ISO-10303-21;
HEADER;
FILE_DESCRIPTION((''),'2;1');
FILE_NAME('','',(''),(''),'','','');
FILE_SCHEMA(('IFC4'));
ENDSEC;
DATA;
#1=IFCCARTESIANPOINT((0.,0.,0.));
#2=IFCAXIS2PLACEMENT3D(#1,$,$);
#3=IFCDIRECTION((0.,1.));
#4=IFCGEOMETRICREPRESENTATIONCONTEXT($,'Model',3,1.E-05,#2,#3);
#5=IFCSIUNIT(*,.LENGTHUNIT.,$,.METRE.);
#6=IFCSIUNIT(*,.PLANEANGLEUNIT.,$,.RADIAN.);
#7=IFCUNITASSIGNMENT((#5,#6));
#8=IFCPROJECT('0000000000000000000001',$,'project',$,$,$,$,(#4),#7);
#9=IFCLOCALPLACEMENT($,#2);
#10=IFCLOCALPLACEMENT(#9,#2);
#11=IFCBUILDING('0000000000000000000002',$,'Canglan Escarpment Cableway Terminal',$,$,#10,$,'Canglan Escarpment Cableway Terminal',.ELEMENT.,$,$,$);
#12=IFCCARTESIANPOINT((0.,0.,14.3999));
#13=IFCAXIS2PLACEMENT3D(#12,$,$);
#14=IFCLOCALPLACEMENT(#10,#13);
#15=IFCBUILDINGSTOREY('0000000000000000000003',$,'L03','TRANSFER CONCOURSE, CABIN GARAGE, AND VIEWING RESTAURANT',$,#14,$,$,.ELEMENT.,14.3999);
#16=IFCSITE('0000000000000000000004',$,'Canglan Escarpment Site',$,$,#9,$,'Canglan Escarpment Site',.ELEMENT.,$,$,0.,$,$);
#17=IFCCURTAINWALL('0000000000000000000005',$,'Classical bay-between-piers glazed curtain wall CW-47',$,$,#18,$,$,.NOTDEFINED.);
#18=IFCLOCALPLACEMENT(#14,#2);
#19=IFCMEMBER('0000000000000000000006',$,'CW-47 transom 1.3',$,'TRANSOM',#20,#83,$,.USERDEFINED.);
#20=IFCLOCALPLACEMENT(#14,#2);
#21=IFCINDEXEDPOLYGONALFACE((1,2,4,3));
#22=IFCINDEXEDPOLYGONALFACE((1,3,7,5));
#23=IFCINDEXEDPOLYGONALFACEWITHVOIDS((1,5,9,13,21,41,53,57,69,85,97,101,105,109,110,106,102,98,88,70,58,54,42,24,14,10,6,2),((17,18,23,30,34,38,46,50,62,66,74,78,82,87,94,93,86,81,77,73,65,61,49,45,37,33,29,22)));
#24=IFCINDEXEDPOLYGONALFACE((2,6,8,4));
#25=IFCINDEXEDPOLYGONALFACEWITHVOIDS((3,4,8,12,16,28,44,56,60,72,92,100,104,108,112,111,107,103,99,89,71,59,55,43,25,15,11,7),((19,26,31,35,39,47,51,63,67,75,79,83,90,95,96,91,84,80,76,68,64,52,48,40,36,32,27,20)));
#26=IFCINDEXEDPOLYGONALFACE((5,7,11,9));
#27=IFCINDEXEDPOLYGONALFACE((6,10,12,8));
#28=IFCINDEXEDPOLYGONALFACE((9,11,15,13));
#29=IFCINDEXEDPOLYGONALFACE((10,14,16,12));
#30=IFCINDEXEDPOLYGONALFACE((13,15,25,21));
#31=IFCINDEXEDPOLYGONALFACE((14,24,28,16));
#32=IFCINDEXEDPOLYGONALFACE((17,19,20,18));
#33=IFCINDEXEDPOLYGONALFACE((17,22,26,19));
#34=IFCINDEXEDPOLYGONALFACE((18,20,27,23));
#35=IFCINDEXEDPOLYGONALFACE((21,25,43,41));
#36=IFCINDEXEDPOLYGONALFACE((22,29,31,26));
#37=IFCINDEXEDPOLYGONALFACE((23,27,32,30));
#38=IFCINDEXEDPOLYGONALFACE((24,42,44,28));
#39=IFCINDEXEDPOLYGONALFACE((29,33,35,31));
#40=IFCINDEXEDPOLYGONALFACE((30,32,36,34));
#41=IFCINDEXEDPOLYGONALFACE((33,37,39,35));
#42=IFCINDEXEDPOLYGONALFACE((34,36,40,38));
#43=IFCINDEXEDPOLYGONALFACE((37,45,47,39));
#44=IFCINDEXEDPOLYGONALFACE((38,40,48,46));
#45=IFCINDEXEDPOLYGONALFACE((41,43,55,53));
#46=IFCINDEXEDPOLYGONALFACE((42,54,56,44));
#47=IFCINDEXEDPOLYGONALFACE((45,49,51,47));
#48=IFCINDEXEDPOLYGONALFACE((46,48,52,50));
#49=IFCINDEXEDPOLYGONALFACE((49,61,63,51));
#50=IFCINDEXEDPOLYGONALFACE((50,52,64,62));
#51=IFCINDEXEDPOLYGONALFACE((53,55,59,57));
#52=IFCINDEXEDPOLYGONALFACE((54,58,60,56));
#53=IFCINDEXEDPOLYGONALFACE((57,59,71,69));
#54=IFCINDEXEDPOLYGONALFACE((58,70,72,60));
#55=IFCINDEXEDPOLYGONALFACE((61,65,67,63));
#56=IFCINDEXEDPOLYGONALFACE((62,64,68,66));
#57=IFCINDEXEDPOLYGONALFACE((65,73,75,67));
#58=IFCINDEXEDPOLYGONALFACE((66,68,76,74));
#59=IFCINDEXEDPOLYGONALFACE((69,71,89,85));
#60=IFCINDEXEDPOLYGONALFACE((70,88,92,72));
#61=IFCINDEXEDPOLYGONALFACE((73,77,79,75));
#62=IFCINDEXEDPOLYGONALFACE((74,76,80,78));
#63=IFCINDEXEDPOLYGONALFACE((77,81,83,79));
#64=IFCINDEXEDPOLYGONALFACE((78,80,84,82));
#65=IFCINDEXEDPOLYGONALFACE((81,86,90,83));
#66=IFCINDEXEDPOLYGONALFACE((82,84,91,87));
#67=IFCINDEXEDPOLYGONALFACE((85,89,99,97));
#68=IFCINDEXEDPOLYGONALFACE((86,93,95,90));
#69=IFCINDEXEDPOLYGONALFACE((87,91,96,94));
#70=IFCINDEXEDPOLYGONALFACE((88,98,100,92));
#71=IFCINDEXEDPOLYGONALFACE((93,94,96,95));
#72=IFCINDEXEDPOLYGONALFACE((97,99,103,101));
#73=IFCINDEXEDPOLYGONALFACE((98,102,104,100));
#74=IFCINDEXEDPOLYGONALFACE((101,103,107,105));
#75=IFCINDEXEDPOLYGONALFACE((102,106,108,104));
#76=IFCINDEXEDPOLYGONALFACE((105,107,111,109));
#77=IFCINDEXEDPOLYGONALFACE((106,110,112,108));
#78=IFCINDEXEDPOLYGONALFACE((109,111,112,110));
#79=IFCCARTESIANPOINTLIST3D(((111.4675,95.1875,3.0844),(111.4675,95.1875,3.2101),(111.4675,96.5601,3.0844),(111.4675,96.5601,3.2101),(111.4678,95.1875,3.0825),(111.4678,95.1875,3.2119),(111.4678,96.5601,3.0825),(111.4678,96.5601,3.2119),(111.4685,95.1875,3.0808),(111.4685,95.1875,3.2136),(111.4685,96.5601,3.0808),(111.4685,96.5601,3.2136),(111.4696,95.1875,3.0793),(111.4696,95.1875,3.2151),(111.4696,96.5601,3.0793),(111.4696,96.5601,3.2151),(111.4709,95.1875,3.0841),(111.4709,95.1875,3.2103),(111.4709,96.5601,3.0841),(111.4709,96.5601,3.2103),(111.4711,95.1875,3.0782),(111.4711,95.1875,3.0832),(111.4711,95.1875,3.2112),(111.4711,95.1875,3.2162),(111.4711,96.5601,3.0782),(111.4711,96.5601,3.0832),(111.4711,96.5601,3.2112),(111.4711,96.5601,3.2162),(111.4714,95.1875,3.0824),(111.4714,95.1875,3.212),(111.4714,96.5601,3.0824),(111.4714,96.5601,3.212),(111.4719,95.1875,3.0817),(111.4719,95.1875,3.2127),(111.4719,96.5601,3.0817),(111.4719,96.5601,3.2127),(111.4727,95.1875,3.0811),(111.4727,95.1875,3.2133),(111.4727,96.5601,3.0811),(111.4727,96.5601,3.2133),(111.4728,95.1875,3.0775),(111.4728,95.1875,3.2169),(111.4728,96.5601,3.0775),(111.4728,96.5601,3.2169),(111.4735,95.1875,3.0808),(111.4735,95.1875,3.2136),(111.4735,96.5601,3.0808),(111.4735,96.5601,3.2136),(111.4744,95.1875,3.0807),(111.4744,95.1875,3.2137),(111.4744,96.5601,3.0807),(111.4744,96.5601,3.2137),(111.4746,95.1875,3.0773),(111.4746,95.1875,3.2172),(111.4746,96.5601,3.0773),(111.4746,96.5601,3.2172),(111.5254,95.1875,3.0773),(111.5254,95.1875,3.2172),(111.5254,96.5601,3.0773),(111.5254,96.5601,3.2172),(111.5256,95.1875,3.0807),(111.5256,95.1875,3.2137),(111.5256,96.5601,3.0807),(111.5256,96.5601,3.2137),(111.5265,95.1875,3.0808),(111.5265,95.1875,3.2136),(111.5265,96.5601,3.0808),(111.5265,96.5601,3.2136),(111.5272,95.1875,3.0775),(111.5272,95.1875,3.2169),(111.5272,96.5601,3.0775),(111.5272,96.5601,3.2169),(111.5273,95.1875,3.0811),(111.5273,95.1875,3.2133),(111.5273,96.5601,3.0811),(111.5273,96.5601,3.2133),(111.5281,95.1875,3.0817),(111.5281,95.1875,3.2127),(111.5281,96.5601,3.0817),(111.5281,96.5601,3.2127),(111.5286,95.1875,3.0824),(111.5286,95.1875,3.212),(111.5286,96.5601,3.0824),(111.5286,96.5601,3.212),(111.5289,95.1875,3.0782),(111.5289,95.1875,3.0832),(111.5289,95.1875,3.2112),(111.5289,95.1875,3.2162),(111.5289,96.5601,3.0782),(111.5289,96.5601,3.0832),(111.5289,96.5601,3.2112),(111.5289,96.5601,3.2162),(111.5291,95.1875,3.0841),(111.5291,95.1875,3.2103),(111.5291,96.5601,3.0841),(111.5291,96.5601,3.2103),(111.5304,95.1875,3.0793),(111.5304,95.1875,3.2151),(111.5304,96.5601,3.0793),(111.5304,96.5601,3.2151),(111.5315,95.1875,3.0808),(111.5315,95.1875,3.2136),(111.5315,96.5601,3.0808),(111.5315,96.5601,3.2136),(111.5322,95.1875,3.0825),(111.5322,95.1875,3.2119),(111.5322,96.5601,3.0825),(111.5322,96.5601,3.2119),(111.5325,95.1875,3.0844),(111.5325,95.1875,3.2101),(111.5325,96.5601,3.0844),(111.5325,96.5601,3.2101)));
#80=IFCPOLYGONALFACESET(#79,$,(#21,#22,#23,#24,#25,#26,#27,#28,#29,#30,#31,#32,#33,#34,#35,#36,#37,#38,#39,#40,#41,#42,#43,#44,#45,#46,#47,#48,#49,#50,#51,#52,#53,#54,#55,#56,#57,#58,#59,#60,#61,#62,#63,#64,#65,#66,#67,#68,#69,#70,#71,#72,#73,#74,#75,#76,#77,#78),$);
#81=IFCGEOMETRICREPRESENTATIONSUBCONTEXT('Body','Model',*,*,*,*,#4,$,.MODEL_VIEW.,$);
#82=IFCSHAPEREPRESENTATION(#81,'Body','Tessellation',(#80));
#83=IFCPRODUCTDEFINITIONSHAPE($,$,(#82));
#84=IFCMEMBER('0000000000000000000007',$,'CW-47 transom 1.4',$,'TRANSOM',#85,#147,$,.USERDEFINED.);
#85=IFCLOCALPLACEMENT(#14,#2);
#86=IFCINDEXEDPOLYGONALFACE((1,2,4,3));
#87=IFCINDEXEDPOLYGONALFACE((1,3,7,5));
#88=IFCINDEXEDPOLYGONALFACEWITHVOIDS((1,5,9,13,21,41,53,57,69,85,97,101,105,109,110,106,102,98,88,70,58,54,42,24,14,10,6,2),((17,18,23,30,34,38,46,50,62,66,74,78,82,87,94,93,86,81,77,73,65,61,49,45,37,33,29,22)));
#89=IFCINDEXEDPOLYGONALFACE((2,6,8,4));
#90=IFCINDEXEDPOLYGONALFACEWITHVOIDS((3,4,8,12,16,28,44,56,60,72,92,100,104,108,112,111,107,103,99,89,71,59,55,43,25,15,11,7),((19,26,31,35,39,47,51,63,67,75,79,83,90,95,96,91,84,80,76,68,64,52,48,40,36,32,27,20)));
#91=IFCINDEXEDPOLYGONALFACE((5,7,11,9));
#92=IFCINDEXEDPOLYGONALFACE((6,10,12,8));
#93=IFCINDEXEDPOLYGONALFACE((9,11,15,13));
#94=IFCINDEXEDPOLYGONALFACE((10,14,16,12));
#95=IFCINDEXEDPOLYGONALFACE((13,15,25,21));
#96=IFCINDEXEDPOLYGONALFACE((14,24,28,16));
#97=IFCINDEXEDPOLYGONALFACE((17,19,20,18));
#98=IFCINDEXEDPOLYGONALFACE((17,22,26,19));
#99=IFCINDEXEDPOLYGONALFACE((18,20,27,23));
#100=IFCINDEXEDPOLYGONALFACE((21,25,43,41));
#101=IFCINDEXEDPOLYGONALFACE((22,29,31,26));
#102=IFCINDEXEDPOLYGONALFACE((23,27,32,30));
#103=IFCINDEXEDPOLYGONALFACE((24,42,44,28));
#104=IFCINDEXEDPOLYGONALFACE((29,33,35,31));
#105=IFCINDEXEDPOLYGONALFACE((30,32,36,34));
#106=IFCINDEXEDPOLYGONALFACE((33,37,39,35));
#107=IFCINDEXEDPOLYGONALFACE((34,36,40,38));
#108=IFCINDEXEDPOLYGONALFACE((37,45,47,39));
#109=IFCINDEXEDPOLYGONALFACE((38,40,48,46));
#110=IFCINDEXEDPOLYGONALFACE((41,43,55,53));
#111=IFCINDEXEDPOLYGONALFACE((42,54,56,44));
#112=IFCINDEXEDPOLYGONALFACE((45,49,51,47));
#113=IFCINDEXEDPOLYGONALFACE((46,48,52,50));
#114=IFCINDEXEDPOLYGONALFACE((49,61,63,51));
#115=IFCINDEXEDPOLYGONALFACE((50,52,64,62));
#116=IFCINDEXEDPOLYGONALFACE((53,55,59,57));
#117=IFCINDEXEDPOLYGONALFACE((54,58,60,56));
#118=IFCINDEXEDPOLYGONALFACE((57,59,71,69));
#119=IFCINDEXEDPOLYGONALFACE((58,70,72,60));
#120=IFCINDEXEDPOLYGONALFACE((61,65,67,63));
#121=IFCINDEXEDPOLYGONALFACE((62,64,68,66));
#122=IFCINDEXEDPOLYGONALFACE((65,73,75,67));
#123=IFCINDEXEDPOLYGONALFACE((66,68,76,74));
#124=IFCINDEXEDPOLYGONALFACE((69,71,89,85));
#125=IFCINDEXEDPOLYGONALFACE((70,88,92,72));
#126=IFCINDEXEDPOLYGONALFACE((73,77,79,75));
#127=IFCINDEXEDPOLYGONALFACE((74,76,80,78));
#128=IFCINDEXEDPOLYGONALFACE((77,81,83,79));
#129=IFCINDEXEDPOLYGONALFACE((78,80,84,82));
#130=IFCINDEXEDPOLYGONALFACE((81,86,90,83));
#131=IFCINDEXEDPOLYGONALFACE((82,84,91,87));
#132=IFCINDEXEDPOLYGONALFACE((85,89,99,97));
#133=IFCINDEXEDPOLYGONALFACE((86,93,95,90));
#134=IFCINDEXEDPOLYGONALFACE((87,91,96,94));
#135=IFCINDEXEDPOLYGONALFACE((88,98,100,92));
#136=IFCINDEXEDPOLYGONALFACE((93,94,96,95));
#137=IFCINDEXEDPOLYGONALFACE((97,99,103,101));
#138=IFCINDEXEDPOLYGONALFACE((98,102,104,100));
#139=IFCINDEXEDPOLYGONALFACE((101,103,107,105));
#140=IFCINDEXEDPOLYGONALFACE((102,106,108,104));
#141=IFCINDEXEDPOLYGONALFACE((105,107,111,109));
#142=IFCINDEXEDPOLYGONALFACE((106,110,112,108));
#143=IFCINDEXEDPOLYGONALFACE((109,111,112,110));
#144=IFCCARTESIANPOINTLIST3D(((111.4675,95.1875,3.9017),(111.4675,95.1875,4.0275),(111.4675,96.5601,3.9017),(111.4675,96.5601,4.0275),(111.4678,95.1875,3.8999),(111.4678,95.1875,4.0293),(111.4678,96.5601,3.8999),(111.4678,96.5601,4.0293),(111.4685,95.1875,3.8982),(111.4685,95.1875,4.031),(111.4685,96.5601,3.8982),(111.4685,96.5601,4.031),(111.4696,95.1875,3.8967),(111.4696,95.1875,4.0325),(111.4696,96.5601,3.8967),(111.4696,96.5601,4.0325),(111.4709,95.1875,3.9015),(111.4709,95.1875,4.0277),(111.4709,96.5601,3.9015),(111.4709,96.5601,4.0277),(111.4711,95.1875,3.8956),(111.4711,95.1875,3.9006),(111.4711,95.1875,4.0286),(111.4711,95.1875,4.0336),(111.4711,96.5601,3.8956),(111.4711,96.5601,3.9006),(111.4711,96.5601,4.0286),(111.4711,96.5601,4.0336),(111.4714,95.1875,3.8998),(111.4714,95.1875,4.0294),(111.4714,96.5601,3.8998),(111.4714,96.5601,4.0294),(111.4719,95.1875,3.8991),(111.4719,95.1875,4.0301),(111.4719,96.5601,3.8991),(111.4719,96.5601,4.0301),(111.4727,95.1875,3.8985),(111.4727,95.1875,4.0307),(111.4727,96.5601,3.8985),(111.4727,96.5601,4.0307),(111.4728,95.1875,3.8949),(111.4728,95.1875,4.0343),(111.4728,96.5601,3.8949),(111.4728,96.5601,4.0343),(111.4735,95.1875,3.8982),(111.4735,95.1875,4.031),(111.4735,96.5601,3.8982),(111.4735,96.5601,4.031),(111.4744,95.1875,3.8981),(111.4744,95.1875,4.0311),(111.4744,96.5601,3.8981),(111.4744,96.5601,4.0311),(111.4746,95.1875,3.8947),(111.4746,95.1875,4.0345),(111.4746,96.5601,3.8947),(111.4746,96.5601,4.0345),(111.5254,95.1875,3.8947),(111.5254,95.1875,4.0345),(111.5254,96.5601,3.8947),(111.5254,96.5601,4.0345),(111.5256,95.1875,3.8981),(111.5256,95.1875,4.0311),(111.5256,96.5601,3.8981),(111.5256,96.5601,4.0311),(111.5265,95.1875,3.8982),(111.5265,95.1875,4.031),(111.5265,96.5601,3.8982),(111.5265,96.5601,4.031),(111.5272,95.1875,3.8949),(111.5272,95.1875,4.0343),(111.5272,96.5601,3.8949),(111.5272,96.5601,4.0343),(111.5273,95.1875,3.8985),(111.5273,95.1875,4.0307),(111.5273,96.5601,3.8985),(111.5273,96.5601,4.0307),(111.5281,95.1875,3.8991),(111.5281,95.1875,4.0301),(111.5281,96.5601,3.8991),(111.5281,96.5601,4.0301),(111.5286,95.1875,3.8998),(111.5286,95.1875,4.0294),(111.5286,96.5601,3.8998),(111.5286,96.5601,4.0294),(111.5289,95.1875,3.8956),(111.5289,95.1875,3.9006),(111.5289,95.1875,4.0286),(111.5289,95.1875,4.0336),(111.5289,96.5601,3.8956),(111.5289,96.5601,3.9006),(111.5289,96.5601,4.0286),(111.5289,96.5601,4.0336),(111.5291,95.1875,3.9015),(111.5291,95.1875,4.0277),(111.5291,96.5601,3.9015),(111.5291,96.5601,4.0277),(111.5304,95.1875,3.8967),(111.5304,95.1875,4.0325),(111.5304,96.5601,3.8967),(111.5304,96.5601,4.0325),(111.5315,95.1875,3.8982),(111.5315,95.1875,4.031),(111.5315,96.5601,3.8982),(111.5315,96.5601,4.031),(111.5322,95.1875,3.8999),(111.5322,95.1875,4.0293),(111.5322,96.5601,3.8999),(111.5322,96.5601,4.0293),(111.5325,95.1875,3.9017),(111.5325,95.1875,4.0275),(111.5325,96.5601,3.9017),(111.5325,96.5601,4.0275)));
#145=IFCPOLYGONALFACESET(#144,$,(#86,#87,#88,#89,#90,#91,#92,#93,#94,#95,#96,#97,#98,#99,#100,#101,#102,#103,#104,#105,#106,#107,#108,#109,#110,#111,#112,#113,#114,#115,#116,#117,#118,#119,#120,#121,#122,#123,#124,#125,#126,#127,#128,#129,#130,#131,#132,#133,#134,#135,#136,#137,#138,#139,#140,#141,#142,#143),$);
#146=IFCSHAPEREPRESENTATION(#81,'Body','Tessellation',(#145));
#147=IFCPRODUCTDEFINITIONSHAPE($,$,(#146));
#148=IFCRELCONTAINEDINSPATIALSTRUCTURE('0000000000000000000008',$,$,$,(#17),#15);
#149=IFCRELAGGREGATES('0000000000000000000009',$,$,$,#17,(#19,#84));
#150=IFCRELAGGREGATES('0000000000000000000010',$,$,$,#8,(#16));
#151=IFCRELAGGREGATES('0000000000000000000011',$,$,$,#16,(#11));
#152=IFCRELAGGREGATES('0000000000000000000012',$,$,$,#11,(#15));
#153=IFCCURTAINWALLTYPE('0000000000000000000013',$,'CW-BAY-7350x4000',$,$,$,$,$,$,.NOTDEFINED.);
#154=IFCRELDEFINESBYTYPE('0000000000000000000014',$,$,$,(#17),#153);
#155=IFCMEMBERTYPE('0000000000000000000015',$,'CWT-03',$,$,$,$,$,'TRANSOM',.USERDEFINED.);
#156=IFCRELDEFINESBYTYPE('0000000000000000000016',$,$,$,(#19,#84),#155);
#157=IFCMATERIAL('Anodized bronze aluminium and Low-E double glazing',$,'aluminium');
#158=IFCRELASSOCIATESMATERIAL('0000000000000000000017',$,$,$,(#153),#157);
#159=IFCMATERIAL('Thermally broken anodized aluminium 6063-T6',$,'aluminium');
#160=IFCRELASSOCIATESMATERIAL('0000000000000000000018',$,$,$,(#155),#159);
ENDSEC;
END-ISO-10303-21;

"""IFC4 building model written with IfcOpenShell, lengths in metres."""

from ifc_helpers import new_model, si_unit, direction, frame, origin, origin_2d, place, context, subcontext, project, spatial, hollow_rectangle, extrude, material, material_profile, profile_set, type_object, element, aggregate, save


model = new_model("IFC4")

# Units and contexts
model_context = context("Model", 3, precision=1e-05, world=origin(), true_north=direction((0.0, 1.0)))
body_context = subcontext(model_context, "Body", "Model", "MODEL_VIEW")
ifc_project = project(units=[si_unit("LENGTHUNIT", "METRE"), si_unit("PLANEANGLEUNIT", "RADIAN")], contexts=[model_context])

# Site, building, storey
site_placement = place(None, origin())
site = spatial("IfcSite", under=ifc_project, at=site_placement, Name="Canglan Escarpment Site", LongName="Canglan Escarpment Site", CompositionType="ELEMENT", RefElevation=0.0)
building_placement = place(site_placement, origin())
building = spatial("IfcBuilding", under=site, at=building_placement, Name="Canglan Escarpment Cableway Terminal", LongName="Canglan Escarpment Cableway Terminal", CompositionType="ELEMENT")
storey_placement = place(building_placement, frame((0.0, 0.0, 14.3999)))
storey = spatial("IfcBuildingStorey", under=building, at=storey_placement, Name="L03", Description="TRANSFER CONCOURSE, CABIN GARAGE, AND VIEWING RESTAURANT", CompositionType="ELEMENT", Elevation=14.3999)

# Shared definitions
ifc_material_1 = material(Name="Anodized bronze aluminium and Low-E double glazing", Category="aluminium")
ifc_material_2 = material(Name="Thermally broken anodized aluminium 6063-T6", Category="aluminium")

# Curtain wall
curtain_wall_type_1 = type_object("IfcCurtainWallType", Name="CW-BAY-7350x4000", PredefinedType="NOTDEFINED", material=ifc_material_1)
curtain_wall_1_placement = place(storey_placement, origin())
curtain_wall_1 = element("IfcCurtainWall", 1, at=curtain_wall_1_placement, inside=storey, type_object=curtain_wall_type_1, Name="Classical bay-between-piers glazed curtain wall CW-47", PredefinedType="NOTDEFINED")

# Members
ifc_material_profile_1 = material_profile(ifc_material_2, hollow_rectangle(XDim=0.0649, YDim=0.1399, WallThickness=0.0034, InnerFilletRadius=0.0034, OuterFilletRadius=0.0071, at=origin_2d()), Name="ALU-TRAN 65x140x3.5")
ifc_profile_set_1 = profile_set([ifc_material_profile_1], Name="Thermally broken anodized aluminium 6063-T6")
member_type_1 = type_object("IfcMemberType", Name="CWT-03", ElementType="TRANSOM", PredefinedType="USERDEFINED", material=ifc_profile_set_1)
member_1_placement = place(storey_placement, frame((111.5, 96.5601, 3.1472), z_axis=(0.0, -1.0, 0.0), x_axis=(1.0, 0.0, 0.0)))
member_1 = element("IfcMember", 2, at=member_1_placement, type_object=member_type_1, Name="CW-47 transom 1.3", ObjectType="TRANSOM", PredefinedType="USERDEFINED", context=body_context, shape_type="SweptSolid", body=[
    extrude(hollow_rectangle(XDim=0.0649, YDim=0.1399, WallThickness=0.0034, InnerFilletRadius=0.0034, OuterFilletRadius=0.0071, at=origin_2d()), origin(), (0.0, 0.0, 1.0), 1.3726),
])
member_2_placement = place(storey_placement, frame((111.5, 96.5601, 3.9646), z_axis=(0.0, -1.0, 0.0), x_axis=(1.0, 0.0, 0.0)))
member_2 = element("IfcMember", 3, at=member_2_placement, type_object=member_type_1, Name="CW-47 transom 1.4", ObjectType="TRANSOM", PredefinedType="USERDEFINED", context=body_context, shape_type="SweptSolid", body=[
    extrude(hollow_rectangle(XDim=0.0649, YDim=0.1399, WallThickness=0.0034, InnerFilletRadius=0.0034, OuterFilletRadius=0.0071, at=origin_2d()), origin(), (0.0, 0.0, 1.0), 1.3726),
])

aggregate(curtain_wall_1, [member_1, member_2])

save(model, "model.ifc")
